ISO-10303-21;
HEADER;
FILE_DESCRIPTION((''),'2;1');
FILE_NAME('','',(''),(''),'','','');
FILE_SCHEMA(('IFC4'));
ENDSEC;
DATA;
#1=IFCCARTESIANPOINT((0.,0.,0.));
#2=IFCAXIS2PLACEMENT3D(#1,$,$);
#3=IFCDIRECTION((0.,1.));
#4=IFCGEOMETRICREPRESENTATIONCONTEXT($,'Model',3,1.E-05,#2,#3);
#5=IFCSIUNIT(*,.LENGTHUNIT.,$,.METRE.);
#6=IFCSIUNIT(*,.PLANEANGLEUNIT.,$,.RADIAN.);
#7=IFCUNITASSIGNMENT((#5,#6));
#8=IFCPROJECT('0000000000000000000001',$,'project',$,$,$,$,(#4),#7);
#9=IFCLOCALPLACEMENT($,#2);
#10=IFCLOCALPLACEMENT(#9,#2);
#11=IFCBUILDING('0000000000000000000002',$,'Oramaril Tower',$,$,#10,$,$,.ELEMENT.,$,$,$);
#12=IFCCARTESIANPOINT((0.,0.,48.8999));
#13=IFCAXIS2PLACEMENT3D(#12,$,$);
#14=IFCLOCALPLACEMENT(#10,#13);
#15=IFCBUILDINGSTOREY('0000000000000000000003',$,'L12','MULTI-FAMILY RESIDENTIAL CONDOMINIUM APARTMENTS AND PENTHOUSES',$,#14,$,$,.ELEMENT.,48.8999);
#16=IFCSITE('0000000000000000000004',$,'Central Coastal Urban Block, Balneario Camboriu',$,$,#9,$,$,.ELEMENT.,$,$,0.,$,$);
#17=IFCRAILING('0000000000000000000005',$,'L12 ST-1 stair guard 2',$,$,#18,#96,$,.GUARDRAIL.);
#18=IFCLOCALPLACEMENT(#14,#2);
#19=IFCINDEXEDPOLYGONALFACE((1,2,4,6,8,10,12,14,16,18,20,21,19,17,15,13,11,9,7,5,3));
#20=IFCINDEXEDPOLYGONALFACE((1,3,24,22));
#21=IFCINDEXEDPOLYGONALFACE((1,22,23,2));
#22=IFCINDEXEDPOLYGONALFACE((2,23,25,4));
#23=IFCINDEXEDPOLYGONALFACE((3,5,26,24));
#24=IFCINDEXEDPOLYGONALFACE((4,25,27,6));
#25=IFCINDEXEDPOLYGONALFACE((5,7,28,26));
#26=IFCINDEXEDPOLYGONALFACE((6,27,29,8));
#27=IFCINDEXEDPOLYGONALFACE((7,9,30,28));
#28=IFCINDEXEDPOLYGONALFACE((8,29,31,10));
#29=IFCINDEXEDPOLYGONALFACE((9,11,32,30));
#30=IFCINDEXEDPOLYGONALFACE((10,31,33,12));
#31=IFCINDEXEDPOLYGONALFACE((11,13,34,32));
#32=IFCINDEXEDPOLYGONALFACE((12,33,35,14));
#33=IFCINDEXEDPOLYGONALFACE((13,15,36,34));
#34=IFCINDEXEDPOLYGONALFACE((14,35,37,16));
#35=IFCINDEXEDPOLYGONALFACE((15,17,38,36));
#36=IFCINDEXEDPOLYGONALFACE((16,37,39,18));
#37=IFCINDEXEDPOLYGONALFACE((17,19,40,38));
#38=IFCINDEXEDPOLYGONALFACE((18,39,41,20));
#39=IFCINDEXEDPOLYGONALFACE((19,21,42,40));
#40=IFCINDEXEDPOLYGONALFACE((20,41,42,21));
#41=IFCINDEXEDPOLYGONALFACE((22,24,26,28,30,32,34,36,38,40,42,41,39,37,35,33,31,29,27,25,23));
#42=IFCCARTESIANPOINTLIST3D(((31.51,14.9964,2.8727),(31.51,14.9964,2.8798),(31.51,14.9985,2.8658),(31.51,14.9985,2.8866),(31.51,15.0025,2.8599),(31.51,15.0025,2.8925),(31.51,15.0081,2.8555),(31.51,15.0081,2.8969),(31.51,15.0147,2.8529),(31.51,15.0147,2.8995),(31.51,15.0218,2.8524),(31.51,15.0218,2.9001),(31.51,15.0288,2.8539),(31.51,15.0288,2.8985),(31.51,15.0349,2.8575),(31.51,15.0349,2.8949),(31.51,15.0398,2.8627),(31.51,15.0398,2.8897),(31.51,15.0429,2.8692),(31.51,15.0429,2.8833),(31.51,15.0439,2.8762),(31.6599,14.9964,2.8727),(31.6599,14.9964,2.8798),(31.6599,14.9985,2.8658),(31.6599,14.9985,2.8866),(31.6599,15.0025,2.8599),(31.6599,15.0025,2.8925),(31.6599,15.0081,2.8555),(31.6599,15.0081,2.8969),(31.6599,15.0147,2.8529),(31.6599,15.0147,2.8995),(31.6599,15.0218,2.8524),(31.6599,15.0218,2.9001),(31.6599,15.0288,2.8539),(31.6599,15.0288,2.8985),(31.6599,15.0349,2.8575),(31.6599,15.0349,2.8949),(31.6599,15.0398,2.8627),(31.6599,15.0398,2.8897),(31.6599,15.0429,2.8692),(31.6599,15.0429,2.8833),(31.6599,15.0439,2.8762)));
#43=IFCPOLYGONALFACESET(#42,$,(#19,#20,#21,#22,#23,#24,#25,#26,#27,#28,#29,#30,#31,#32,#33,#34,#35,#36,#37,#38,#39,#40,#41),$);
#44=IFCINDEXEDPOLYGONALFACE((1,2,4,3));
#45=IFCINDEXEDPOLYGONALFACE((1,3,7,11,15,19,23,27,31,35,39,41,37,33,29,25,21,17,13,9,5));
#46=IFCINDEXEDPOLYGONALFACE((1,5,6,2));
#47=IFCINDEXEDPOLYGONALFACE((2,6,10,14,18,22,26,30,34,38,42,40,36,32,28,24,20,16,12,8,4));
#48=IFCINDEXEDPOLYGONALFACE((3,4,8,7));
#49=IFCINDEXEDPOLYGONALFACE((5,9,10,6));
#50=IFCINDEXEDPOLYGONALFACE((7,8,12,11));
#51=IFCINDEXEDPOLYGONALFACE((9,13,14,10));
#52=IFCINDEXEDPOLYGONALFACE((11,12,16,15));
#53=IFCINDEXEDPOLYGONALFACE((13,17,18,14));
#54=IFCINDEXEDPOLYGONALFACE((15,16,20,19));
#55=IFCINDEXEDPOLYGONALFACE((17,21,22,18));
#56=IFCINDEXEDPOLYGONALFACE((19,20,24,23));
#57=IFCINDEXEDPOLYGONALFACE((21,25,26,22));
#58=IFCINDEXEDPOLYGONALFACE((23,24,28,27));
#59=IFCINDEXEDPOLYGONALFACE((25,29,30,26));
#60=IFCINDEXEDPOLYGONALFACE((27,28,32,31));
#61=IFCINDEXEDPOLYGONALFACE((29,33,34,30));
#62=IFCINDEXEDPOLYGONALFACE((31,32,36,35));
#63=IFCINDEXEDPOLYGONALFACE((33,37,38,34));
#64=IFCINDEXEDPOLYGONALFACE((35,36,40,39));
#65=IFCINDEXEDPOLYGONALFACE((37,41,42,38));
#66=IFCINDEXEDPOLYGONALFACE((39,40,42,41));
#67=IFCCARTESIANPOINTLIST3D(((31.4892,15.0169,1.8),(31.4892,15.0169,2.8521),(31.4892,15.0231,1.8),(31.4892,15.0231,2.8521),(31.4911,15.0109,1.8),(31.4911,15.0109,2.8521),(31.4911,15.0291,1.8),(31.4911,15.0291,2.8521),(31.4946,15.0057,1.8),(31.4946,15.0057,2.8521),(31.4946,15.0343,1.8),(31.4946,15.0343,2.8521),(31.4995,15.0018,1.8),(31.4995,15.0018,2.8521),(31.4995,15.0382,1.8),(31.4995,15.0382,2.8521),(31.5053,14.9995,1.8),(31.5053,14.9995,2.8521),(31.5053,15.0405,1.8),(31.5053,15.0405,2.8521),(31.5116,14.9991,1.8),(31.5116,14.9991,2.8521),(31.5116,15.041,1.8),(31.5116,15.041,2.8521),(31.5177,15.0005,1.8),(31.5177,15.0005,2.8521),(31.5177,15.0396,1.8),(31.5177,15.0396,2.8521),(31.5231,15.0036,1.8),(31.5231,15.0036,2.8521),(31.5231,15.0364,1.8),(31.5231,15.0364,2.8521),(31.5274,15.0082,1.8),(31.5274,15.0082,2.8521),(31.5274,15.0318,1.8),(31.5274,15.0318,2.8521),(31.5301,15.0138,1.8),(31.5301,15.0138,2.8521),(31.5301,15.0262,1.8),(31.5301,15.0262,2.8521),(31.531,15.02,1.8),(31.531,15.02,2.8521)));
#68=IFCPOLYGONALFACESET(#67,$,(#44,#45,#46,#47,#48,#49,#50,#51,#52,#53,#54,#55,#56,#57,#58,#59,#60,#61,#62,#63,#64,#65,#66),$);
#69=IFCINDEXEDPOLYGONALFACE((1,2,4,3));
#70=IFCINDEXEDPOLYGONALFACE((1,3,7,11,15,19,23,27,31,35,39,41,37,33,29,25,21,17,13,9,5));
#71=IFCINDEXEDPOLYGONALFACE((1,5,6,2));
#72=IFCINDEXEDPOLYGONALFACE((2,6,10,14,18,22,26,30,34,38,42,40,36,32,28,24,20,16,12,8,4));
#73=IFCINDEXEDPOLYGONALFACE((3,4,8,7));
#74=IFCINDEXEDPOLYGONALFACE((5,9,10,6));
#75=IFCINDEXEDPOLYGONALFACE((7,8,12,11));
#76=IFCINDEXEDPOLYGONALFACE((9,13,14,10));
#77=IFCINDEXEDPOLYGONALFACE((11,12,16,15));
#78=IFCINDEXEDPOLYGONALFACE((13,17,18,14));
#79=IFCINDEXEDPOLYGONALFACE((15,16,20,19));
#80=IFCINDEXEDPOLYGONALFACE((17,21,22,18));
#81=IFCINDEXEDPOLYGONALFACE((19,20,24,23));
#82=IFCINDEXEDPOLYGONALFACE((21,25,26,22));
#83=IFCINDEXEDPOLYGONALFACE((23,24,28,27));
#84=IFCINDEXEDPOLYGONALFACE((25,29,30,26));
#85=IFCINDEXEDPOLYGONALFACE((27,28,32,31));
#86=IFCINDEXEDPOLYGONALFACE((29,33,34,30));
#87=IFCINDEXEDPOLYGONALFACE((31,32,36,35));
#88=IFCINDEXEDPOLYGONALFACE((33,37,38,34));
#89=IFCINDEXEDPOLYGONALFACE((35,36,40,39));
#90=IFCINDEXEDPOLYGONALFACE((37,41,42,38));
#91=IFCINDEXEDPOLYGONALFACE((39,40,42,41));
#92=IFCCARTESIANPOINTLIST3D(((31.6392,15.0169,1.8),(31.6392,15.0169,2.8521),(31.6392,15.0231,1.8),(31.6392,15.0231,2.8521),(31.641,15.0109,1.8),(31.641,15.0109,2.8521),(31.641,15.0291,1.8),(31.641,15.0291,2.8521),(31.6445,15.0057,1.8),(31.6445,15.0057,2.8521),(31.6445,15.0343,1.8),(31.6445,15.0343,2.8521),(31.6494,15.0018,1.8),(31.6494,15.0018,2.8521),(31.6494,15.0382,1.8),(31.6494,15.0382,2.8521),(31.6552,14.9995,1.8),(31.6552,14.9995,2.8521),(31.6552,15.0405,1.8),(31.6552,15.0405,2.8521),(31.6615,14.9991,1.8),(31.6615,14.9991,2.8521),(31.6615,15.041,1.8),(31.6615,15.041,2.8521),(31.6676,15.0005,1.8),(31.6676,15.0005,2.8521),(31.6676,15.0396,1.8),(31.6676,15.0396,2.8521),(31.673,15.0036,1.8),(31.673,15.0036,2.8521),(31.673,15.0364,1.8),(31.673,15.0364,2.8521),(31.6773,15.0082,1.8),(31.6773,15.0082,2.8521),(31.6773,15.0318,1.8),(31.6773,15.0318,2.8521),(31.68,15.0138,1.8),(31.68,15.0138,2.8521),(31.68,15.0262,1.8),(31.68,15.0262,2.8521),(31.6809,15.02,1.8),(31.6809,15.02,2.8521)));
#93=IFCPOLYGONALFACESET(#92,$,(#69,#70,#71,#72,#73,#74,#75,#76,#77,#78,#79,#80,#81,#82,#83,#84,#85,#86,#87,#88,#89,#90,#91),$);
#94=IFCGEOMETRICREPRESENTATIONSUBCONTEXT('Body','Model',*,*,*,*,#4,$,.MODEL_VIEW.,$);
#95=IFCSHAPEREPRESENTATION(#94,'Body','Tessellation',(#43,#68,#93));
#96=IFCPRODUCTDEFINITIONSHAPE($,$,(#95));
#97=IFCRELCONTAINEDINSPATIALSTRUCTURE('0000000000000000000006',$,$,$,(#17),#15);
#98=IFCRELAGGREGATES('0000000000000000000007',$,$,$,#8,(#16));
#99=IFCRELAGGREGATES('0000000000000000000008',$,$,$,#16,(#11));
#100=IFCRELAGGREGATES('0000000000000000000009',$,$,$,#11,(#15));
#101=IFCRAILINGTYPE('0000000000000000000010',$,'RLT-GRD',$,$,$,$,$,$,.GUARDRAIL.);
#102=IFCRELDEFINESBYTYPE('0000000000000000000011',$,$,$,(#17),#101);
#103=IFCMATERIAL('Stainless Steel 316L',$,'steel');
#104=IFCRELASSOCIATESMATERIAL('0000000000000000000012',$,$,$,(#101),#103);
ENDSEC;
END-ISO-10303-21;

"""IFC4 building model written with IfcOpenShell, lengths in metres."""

from ifc_helpers import new_model, si_unit, direction, frame, origin, origin_2d, place, context, subcontext, project, spatial, circle, extrude, material, type_object, element, save


model = new_model("IFC4")

# Units and contexts
model_context = context("Model", 3, precision=1e-05, world=origin(), true_north=direction((0.0, 1.0)))
body_context = subcontext(model_context, "Body", "Model", "MODEL_VIEW")
ifc_project = project(units=[si_unit("LENGTHUNIT", "METRE"), si_unit("PLANEANGLEUNIT", "RADIAN")], contexts=[model_context])

# Site, building, storey
site_placement = place(None, origin())
site = spatial("IfcSite", under=ifc_project, at=site_placement, Name="Central Coastal Urban Block, Balneario Camboriu", CompositionType="ELEMENT", RefElevation=0.0)
building_placement = place(site_placement, origin())
building = spatial("IfcBuilding", under=site, at=building_placement, Name="Oramaril Tower", CompositionType="ELEMENT")
storey_placement = place(building_placement, frame((0.0, 0.0, 48.8999)))
storey = spatial("IfcBuildingStorey", under=building, at=storey_placement, Name="L12", Description="MULTI-FAMILY RESIDENTIAL CONDOMINIUM APARTMENTS AND PENTHOUSES", CompositionType="ELEMENT", Elevation=48.8999)

# Railing
ifc_material_1 = material(Name="Stainless Steel 316L", Category="steel")
railing_type_1 = type_object("IfcRailingType", Name="RLT-GRD", PredefinedType="GUARDRAIL", material=ifc_material_1)
railing_1_placement = place(storey_placement, frame((31.51, 15.02, 1.8)))
element("IfcRailing", 1, at=railing_1_placement, inside=storey, type_object=railing_type_1, Name="L12 ST-1 stair guard 2", PredefinedType="GUARDRAIL", context=body_context, shape_type="SweptSolid", body=[
    extrude(circle(Radius=0.0239, at=origin_2d()), frame((0.0, 0.0, 1.0762), z_axis=(1.0, 0.0, 0.0), x_axis=(0.0, 1.0, 0.0)), (0.0, 0.0, 1.0), 0.1499),
    extrude(circle(Radius=0.021, at=origin_2d()), origin(), (0.0, 0.0, 1.0), 1.052),
    extrude(circle(Radius=0.021, at=origin_2d()), frame((0.1499, 0.0, 0.0)), (0.0, 0.0, 1.0), 1.052),
])

save(model, "model.ifc")
